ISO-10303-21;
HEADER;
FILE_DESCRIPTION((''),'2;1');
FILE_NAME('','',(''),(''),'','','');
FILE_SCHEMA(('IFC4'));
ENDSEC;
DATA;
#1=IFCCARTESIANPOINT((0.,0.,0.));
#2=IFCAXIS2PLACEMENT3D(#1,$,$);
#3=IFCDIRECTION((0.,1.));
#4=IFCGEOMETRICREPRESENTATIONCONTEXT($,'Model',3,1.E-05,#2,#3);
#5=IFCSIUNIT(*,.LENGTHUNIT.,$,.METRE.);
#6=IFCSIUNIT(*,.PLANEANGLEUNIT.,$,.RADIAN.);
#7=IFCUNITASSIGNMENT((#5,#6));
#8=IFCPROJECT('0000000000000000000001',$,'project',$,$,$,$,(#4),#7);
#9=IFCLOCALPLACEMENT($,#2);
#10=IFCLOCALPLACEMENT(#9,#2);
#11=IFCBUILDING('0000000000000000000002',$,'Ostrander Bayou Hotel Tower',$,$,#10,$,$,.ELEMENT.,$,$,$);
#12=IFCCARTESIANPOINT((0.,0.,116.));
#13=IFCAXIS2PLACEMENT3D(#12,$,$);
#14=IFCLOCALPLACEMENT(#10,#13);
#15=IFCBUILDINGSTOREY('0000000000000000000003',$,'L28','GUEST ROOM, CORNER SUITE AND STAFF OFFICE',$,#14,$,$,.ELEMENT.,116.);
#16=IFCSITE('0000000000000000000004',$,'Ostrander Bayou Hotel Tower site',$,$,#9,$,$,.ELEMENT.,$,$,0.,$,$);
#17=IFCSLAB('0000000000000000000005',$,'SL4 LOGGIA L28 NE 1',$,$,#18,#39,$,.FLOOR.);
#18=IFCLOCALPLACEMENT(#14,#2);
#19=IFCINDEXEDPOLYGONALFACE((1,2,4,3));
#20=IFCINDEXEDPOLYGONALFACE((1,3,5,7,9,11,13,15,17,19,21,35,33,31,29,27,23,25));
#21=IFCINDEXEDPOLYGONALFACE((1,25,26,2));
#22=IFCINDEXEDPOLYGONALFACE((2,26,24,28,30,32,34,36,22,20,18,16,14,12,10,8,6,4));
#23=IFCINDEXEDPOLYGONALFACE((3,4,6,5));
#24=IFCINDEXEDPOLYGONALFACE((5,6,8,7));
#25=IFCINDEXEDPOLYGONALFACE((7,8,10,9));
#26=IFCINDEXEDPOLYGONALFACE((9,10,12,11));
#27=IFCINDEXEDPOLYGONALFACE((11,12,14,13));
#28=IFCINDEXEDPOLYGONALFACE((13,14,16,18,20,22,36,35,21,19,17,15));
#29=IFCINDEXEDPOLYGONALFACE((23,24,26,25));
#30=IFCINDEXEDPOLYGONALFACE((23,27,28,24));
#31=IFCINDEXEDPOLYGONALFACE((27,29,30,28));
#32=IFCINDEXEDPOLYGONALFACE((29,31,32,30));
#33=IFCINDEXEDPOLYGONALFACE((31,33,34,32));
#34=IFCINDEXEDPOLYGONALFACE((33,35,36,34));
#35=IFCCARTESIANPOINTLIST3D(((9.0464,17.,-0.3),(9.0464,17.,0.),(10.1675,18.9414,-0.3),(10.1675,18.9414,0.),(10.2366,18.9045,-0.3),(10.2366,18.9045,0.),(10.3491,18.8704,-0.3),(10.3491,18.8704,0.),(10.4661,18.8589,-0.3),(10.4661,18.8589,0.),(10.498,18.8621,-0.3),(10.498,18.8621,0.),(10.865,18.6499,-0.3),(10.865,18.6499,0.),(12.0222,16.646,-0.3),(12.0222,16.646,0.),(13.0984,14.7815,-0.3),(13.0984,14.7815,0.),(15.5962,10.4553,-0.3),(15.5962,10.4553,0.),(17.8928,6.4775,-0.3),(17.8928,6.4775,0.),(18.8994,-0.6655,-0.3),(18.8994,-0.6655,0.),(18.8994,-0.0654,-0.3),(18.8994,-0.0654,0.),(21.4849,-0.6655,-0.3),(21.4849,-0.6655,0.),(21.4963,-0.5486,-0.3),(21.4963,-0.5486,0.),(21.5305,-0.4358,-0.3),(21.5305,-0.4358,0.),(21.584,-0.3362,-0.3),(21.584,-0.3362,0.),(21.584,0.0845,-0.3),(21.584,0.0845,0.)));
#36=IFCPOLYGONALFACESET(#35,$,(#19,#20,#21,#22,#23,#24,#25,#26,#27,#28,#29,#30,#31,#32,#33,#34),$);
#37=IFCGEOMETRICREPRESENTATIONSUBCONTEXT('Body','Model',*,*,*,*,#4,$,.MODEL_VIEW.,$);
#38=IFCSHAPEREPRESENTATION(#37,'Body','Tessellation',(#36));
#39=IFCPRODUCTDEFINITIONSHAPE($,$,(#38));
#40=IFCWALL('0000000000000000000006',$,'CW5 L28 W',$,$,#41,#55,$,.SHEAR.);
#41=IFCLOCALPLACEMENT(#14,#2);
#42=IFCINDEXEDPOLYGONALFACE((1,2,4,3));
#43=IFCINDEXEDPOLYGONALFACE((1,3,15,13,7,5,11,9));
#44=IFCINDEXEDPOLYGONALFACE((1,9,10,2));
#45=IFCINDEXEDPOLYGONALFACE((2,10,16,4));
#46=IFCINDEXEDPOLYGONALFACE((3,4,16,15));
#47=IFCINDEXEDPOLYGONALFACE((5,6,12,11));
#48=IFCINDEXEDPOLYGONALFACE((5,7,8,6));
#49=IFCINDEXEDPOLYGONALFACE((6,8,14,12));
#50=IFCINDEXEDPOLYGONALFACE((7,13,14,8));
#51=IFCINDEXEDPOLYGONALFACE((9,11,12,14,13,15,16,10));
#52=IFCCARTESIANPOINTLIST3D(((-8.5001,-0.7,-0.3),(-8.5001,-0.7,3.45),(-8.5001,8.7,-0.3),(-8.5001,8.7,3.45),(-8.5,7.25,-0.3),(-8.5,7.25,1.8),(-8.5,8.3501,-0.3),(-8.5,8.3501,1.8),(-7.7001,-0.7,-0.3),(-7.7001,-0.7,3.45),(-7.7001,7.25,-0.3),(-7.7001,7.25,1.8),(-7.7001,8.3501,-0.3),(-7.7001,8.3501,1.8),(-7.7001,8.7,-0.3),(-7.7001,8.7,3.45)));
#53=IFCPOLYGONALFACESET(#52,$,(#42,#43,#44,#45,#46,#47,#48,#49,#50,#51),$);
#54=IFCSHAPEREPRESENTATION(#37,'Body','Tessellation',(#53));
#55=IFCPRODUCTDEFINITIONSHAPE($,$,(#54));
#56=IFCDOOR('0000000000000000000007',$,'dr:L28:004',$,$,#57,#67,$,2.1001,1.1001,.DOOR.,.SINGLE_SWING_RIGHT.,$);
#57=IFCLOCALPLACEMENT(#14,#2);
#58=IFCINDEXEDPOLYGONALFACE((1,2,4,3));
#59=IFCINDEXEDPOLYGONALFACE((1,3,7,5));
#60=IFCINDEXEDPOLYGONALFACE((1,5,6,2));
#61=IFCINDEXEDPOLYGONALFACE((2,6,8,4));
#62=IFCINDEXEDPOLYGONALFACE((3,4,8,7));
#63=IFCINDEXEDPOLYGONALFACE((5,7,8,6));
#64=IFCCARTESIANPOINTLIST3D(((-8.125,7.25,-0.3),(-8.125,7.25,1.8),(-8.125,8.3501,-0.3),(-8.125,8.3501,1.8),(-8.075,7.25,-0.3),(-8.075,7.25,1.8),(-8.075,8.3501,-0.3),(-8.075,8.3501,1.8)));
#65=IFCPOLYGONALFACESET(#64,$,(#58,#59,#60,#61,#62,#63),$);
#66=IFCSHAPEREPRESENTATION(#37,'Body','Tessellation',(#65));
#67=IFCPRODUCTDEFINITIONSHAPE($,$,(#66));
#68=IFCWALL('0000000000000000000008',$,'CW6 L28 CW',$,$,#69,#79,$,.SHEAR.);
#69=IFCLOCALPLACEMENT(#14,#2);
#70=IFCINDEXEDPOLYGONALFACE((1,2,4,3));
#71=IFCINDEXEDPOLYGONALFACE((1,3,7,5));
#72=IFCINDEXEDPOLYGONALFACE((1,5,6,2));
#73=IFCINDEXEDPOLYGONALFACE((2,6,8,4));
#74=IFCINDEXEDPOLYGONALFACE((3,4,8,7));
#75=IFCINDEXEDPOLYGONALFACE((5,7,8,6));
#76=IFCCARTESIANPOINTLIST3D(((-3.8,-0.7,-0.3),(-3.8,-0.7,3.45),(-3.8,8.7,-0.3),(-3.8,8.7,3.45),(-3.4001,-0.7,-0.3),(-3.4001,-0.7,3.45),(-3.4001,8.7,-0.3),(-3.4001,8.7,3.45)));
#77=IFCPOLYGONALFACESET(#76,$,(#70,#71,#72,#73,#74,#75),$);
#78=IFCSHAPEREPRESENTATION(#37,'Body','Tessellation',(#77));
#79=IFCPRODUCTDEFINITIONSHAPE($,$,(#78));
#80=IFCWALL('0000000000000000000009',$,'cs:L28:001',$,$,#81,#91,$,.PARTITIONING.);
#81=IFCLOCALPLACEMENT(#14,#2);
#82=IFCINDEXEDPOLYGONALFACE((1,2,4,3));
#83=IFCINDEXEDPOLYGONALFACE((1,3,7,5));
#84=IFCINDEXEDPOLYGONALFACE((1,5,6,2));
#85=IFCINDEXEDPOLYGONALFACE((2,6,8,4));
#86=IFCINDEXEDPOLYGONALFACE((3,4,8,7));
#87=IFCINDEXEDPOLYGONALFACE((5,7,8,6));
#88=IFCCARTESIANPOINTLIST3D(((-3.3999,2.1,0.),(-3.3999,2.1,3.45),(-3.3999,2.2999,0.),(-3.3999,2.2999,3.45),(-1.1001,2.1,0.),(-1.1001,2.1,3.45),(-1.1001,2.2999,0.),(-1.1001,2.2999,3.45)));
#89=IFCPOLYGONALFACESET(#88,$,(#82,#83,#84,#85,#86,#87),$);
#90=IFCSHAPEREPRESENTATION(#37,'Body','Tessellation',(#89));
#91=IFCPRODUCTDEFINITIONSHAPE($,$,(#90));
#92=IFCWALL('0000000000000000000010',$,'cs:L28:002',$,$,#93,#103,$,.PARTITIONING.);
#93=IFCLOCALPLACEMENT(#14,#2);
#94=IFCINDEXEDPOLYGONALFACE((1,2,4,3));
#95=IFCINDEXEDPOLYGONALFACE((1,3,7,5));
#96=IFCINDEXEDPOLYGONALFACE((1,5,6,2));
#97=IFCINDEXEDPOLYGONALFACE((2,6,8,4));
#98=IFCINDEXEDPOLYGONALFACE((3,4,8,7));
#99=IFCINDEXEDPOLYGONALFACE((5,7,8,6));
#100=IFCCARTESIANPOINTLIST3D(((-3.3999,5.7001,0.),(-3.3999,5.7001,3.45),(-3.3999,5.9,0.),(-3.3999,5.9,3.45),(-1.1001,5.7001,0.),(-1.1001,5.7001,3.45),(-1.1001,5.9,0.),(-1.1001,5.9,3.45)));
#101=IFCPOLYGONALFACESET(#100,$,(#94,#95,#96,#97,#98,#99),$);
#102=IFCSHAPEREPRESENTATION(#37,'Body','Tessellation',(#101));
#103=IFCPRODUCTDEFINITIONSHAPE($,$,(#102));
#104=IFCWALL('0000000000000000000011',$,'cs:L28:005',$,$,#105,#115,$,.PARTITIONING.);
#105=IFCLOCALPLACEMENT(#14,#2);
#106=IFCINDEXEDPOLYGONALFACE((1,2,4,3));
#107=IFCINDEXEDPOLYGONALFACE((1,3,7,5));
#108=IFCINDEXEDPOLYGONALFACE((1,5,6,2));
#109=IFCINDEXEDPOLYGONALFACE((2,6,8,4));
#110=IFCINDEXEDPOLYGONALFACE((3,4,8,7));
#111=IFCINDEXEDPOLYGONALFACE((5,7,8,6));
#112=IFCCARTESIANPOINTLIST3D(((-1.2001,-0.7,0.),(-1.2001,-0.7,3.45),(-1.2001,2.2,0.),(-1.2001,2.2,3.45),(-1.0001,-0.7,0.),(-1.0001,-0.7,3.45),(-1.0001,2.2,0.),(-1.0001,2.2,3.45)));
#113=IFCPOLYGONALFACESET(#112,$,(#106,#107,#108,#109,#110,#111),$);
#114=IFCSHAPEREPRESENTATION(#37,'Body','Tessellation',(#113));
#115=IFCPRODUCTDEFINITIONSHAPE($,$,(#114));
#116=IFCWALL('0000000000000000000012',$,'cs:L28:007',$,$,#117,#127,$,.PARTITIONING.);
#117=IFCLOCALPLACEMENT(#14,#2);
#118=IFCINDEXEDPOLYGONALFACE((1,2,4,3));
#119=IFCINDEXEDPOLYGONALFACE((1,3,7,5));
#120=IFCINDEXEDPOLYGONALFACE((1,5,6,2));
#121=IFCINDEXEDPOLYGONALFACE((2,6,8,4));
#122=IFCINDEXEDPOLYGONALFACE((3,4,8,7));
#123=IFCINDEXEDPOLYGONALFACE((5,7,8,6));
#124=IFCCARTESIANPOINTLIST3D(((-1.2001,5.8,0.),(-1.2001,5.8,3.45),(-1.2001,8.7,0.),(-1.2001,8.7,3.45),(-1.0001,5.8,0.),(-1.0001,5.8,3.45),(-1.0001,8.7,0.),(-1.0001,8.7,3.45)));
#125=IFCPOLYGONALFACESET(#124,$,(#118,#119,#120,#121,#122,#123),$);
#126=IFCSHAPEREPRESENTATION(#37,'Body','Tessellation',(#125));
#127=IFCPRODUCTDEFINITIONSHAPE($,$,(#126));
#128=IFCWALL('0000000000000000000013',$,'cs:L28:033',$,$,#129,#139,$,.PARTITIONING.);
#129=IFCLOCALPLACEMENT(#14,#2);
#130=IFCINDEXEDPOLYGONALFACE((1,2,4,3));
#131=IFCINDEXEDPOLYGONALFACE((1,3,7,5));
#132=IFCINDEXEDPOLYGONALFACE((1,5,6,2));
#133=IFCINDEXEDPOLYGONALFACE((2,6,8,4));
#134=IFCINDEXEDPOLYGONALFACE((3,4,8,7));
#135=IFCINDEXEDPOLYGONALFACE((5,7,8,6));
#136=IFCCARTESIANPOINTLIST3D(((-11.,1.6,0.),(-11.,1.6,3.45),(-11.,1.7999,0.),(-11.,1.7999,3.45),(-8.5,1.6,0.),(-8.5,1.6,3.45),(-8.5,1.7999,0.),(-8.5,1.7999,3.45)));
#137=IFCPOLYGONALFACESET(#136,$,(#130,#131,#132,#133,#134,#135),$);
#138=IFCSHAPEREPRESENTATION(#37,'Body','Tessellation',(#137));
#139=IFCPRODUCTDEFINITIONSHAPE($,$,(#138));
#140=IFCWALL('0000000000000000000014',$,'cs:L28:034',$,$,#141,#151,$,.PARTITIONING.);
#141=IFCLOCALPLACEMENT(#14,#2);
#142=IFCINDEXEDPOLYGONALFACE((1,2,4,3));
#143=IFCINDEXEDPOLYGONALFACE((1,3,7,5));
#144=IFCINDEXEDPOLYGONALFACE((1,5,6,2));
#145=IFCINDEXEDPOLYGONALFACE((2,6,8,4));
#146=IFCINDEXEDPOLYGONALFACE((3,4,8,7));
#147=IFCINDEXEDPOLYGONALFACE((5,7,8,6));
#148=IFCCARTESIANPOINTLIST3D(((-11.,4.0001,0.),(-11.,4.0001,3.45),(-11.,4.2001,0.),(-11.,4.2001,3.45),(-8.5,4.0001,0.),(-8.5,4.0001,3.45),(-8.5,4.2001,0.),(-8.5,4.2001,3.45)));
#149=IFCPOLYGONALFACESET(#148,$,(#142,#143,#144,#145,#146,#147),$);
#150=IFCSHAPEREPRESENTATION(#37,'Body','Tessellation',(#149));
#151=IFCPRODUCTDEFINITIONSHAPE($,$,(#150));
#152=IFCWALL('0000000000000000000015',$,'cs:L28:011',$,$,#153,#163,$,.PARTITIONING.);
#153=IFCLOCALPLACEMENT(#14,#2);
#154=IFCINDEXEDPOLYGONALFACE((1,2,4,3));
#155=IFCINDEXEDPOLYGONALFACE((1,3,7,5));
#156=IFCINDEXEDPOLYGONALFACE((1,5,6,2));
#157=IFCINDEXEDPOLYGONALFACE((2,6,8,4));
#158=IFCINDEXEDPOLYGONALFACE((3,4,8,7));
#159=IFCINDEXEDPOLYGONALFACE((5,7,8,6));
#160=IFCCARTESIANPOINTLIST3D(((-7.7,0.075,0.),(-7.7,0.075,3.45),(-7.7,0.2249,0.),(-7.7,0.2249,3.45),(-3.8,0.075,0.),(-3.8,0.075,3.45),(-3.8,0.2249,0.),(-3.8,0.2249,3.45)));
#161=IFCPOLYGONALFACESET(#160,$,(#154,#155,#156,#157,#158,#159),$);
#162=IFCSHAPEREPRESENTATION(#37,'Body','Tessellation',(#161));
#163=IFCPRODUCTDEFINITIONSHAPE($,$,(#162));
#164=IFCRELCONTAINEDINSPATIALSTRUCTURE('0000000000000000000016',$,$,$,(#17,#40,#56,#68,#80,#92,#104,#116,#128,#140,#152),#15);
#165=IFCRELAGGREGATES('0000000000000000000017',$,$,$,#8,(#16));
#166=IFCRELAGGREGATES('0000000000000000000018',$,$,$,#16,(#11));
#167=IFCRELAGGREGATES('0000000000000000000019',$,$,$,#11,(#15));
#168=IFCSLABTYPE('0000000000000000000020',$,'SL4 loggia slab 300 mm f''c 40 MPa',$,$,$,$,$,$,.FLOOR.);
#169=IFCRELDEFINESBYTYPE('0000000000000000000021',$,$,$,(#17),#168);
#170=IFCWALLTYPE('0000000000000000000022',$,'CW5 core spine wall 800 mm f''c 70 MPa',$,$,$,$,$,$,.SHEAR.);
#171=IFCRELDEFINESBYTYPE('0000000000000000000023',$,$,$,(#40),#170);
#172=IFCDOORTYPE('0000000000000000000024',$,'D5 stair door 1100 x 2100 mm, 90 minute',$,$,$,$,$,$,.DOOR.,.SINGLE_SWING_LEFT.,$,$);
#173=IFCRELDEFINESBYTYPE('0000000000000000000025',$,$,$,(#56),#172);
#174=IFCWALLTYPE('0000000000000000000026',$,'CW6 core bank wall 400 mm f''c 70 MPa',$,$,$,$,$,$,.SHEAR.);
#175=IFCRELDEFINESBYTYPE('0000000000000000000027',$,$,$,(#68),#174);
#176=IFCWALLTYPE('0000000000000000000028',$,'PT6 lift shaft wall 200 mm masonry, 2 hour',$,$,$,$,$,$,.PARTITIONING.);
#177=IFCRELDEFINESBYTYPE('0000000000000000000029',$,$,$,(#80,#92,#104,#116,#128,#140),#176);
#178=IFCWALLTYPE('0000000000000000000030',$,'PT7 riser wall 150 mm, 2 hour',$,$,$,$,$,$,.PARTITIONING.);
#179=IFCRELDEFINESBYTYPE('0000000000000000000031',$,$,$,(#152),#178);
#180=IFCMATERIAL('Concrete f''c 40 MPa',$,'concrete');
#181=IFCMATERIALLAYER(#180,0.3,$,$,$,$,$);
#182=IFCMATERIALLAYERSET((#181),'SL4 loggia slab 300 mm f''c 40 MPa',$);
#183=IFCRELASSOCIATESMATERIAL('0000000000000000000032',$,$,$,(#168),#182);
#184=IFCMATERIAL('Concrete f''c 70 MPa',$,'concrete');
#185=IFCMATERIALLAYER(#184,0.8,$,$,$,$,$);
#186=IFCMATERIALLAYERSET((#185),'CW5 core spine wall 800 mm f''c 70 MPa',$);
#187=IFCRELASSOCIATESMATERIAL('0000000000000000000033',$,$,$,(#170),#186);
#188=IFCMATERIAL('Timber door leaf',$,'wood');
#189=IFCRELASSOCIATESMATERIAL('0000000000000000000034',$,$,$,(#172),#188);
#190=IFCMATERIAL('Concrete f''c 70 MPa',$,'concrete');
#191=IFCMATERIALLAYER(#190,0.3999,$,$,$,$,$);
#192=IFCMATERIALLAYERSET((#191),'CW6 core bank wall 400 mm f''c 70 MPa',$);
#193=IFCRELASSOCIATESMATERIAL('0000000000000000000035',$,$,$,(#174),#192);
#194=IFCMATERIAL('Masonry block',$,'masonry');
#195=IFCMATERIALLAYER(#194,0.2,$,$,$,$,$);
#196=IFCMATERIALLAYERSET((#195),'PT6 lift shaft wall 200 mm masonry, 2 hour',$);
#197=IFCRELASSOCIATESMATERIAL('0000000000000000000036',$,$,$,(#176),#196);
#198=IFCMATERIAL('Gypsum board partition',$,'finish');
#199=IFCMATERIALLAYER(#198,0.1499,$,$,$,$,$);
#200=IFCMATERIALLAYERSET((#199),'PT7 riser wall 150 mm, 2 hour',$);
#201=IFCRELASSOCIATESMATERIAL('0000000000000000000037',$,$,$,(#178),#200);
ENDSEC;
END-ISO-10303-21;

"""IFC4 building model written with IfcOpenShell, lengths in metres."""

from ifc_helpers import new_model, si_unit, direction, frame, frame_2d, origin, place, context, subcontext, project, spatial, polyline, rectangle, outline, extrude, material, layer, layer_set, type_object, element, fill, save


model = new_model("IFC4")

# Units and contexts
model_context = context("Model", 3, precision=1e-05, world=origin(), true_north=direction((0.0, 1.0)))
body_context = subcontext(model_context, "Body", "Model", "MODEL_VIEW")
ifc_project = project(units=[si_unit("LENGTHUNIT", "METRE"), si_unit("PLANEANGLEUNIT", "RADIAN")], contexts=[model_context])

# Site, building, storey
site_placement = place(None, origin())
site = spatial("IfcSite", under=ifc_project, at=site_placement, Name="Ostrander Bayou Hotel Tower site", CompositionType="ELEMENT", RefElevation=0.0)
building_placement = place(site_placement, origin())
building = spatial("IfcBuilding", under=site, at=building_placement, Name="Ostrander Bayou Hotel Tower", CompositionType="ELEMENT")
storey_placement = place(building_placement, frame((0.0, 0.0, 116.0)))
storey = spatial("IfcBuildingStorey", under=building, at=storey_placement, Name="L28", Description="GUEST ROOM, CORNER SUITE AND STAFF OFFICE", CompositionType="ELEMENT", Elevation=116.0)

# Slab
ifc_material_1 = material(Name="Concrete f'c 40 MPa", Category="concrete")
ifc_layer_1 = layer(ifc_material_1, 0.3)
ifc_layer_set_1 = layer_set([ifc_layer_1], Name="SL4 loggia slab 300 mm f'c 40 MPa")
slab_type_1 = type_object("IfcSlabType", Name="SL4 loggia slab 300 mm f'c 40 MPa", PredefinedType="FLOOR", material=ifc_layer_set_1)
slab_1_placement = place(storey_placement, frame((0.0, 0.0, -0.3)))
element("IfcSlab", 1, at=slab_1_placement, inside=storey, type_object=slab_type_1, Name="SL4 LOGGIA L28 NE 1", PredefinedType="FLOOR", context=body_context, shape_type="SweptSolid", body=[
    extrude(outline(polyline([(10.1675, 18.9414), (10.2366, 18.9045), (10.3491, 18.8704), (10.4661, 18.8589), (10.498, 18.8621), (10.865, 18.6499), (12.0222, 16.646), (13.0984, 14.7815), (15.5962, 10.4553), (17.8928, 6.4775), (21.584, 0.0845), (21.584, -0.3362), (21.5305, -0.4358), (21.4963, -0.5486), (21.4849, -0.6655), (18.8994, -0.6655), (18.8994, -0.0654), (9.0464, 17.0), (10.1675, 18.9414)])), origin(), (0.0, 0.0, 1.0), 0.3),
])

# Wall, opening, door
ifc_material_2 = material(Name="Concrete f'c 70 MPa", Category="concrete")
ifc_layer_2 = layer(ifc_material_2, 0.8)
ifc_layer_set_2 = layer_set([ifc_layer_2], Name="CW5 core spine wall 800 mm f'c 70 MPa")
wall_type_1 = type_object("IfcWallType", Name="CW5 core spine wall 800 mm f'c 70 MPa", PredefinedType="SHEAR", material=ifc_layer_set_2)
wall_1_placement = place(storey_placement, frame((-8.1001, -0.7, -0.3), z_axis=(0.0, 0.0, 1.0), x_axis=(0.0, 1.0, 0.0)))
wall_1 = element("IfcWall", 2, at=wall_1_placement, inside=storey, type_object=wall_type_1, Name="CW5 L28 W", PredefinedType="SHEAR", context=body_context, shape_type="SweptSolid", body=[
    extrude(rectangle(XDim=9.3999, YDim=0.8, at=frame_2d((4.7, 0.0))), origin(), (0.0, 0.0, 1.0), 3.75),
])
opening_1_placement = place(wall_1_placement, frame((7.95, 0.0, 0.0)))
opening_1 = element("IfcOpeningElement", 3, at=opening_1_placement, cuts=wall_1, PredefinedType="OPENING", context=body_context, shape_type="SweptSolid", body=[
    extrude(rectangle(XDim=1.1001, YDim=2.1001, at=frame_2d((0.55, 1.05))), frame((0.0, 0.3999, 0.0), z_axis=(0.0, -1.0, 0.0), x_axis=(1.0, 0.0, 0.0)), (0.0, 0.0, 1.0), 0.8),
])
ifc_material_3 = material(Name="Timber door leaf", Category="wood")
door_type_1 = type_object("IfcDoorType", Name="D5 stair door 1100 x 2100 mm, 90 minute", OperationType="SINGLE_SWING_LEFT", PredefinedType="DOOR", material=ifc_material_3)
door_1_placement = place(opening_1_placement, origin())
door_1 = element("IfcDoor", 4, at=door_1_placement, inside=storey, type_object=door_type_1, Name="dr:L28:004", OperationType="SINGLE_SWING_RIGHT", OverallHeight=2.1001, OverallWidth=1.1001, PredefinedType="DOOR", context=body_context, shape_type="SweptSolid", body=[
    extrude(rectangle(XDim=1.1001, YDim=2.1001, at=frame_2d((0.55, 1.05))), frame((0.0, 0.0249, 0.0), z_axis=(0.0, -1.0, 0.0), x_axis=(1.0, 0.0, 0.0)), (0.0, 0.0, 1.0), 0.05),
])
fill(opening_1, door_1)

# Wall
ifc_material_4 = material(Name="Concrete f'c 70 MPa", Category="concrete")
ifc_layer_3 = layer(ifc_material_4, 0.3999)
ifc_layer_set_3 = layer_set([ifc_layer_3], Name="CW6 core bank wall 400 mm f'c 70 MPa")
wall_type_2 = type_object("IfcWallType", Name="CW6 core bank wall 400 mm f'c 70 MPa", PredefinedType="SHEAR", material=ifc_layer_set_3)
wall_2_placement = place(storey_placement, frame((-3.6001, -0.7, -0.3), z_axis=(0.0, 0.0, 1.0), x_axis=(0.0, 1.0, 0.0)))
element("IfcWall", 5, at=wall_2_placement, inside=storey, type_object=wall_type_2, Name="CW6 L28 CW", PredefinedType="SHEAR", context=body_context, shape_type="SweptSolid", body=[
    extrude(rectangle(XDim=9.3999, YDim=0.3999, at=frame_2d((4.7, 0.0))), origin(), (0.0, 0.0, 1.0), 3.75),
])

# Walls
ifc_material_5 = material(Name="Masonry block", Category="masonry")
ifc_layer_4 = layer(ifc_material_5, 0.2)
ifc_layer_set_4 = layer_set([ifc_layer_4], Name="PT6 lift shaft wall 200 mm masonry, 2 hour")
wall_type_3 = type_object("IfcWallType", Name="PT6 lift shaft wall 200 mm masonry, 2 hour", PredefinedType="PARTITIONING", material=ifc_layer_set_4)
for number, where, z_axis, x_axis, name in (
    (6, (-3.3999, 2.2, 0.0), (0.0, 0.0, 1.0), (1.0, 0.0, 0.0), "cs:L28:001"),
    (7, (-3.3999, 5.8, 0.0), (0.0, 0.0, 1.0), (1.0, 0.0, 0.0), "cs:L28:002"),
):
    element("IfcWall", number, at=place(storey_placement, frame(where, z_axis=z_axis, x_axis=x_axis)), inside=storey, type_object=wall_type_3, Name=name, PredefinedType="PARTITIONING", context=body_context, shape_type="SweptSolid", body=[
        extrude(rectangle(XDim=2.2998, YDim=0.2, at=frame_2d((1.1499, 0.0))), origin(), (0.0, 0.0, 1.0), 3.45),
    ])
for number, where, z_axis, x_axis, name in (
    (8, (-1.1001, -0.7, 0.0), (0.0, 0.0, 1.0), (0.0, 1.0, 0.0), "cs:L28:005"),
    (9, (-1.1001, 5.8, 0.0), (0.0, 0.0, 1.0), (0.0, 1.0, 0.0), "cs:L28:007"),
):
    element("IfcWall", number, at=place(storey_placement, frame(where, z_axis=z_axis, x_axis=x_axis)), inside=storey, type_object=wall_type_3, Name=name, PredefinedType="PARTITIONING", context=body_context, shape_type="SweptSolid", body=[
        extrude(rectangle(XDim=2.8999, YDim=0.2, at=frame_2d((1.45, 0.0))), origin(), (0.0, 0.0, 1.0), 3.45),
    ])
for number, where, z_axis, x_axis, name in (
    (10, (-11.0, 1.7, 0.0), (0.0, 0.0, 1.0), (1.0, 0.0, 0.0), "cs:L28:033"),
    (11, (-11.0, 4.1001, 0.0), (0.0, 0.0, 1.0), (1.0, 0.0, 0.0), "cs:L28:034"),
):
    element("IfcWall", number, at=place(storey_placement, frame(where, z_axis=z_axis, x_axis=x_axis)), inside=storey, type_object=wall_type_3, Name=name, PredefinedType="PARTITIONING", context=body_context, shape_type="SweptSolid", body=[
        extrude(rectangle(XDim=2.5, YDim=0.2, at=frame_2d((1.25, 0.0))), origin(), (0.0, 0.0, 1.0), 3.45),
    ])
ifc_material_6 = material(Name="Gypsum board partition", Category="finish")
ifc_layer_5 = layer(ifc_material_6, 0.1499)
ifc_layer_set_5 = layer_set([ifc_layer_5], Name="PT7 riser wall 150 mm, 2 hour")
wall_type_4 = type_object("IfcWallType", Name="PT7 riser wall 150 mm, 2 hour", PredefinedType="PARTITIONING", material=ifc_layer_set_5)
wall_3_placement = place(storey_placement, frame((-7.7, 0.1499, 0.0), z_axis=(0.0, 0.0, 1.0), x_axis=(1.0, 0.0, 0.0)))
element("IfcWall", 12, at=wall_3_placement, inside=storey, type_object=wall_type_4, Name="cs:L28:011", PredefinedType="PARTITIONING", context=body_context, shape_type="SweptSolid", body=[
    extrude(rectangle(XDim=3.8999, YDim=0.1499, at=frame_2d((1.95, 0.0))), origin(), (0.0, 0.0, 1.0), 3.45),
])

save(model, "model.ifc")
